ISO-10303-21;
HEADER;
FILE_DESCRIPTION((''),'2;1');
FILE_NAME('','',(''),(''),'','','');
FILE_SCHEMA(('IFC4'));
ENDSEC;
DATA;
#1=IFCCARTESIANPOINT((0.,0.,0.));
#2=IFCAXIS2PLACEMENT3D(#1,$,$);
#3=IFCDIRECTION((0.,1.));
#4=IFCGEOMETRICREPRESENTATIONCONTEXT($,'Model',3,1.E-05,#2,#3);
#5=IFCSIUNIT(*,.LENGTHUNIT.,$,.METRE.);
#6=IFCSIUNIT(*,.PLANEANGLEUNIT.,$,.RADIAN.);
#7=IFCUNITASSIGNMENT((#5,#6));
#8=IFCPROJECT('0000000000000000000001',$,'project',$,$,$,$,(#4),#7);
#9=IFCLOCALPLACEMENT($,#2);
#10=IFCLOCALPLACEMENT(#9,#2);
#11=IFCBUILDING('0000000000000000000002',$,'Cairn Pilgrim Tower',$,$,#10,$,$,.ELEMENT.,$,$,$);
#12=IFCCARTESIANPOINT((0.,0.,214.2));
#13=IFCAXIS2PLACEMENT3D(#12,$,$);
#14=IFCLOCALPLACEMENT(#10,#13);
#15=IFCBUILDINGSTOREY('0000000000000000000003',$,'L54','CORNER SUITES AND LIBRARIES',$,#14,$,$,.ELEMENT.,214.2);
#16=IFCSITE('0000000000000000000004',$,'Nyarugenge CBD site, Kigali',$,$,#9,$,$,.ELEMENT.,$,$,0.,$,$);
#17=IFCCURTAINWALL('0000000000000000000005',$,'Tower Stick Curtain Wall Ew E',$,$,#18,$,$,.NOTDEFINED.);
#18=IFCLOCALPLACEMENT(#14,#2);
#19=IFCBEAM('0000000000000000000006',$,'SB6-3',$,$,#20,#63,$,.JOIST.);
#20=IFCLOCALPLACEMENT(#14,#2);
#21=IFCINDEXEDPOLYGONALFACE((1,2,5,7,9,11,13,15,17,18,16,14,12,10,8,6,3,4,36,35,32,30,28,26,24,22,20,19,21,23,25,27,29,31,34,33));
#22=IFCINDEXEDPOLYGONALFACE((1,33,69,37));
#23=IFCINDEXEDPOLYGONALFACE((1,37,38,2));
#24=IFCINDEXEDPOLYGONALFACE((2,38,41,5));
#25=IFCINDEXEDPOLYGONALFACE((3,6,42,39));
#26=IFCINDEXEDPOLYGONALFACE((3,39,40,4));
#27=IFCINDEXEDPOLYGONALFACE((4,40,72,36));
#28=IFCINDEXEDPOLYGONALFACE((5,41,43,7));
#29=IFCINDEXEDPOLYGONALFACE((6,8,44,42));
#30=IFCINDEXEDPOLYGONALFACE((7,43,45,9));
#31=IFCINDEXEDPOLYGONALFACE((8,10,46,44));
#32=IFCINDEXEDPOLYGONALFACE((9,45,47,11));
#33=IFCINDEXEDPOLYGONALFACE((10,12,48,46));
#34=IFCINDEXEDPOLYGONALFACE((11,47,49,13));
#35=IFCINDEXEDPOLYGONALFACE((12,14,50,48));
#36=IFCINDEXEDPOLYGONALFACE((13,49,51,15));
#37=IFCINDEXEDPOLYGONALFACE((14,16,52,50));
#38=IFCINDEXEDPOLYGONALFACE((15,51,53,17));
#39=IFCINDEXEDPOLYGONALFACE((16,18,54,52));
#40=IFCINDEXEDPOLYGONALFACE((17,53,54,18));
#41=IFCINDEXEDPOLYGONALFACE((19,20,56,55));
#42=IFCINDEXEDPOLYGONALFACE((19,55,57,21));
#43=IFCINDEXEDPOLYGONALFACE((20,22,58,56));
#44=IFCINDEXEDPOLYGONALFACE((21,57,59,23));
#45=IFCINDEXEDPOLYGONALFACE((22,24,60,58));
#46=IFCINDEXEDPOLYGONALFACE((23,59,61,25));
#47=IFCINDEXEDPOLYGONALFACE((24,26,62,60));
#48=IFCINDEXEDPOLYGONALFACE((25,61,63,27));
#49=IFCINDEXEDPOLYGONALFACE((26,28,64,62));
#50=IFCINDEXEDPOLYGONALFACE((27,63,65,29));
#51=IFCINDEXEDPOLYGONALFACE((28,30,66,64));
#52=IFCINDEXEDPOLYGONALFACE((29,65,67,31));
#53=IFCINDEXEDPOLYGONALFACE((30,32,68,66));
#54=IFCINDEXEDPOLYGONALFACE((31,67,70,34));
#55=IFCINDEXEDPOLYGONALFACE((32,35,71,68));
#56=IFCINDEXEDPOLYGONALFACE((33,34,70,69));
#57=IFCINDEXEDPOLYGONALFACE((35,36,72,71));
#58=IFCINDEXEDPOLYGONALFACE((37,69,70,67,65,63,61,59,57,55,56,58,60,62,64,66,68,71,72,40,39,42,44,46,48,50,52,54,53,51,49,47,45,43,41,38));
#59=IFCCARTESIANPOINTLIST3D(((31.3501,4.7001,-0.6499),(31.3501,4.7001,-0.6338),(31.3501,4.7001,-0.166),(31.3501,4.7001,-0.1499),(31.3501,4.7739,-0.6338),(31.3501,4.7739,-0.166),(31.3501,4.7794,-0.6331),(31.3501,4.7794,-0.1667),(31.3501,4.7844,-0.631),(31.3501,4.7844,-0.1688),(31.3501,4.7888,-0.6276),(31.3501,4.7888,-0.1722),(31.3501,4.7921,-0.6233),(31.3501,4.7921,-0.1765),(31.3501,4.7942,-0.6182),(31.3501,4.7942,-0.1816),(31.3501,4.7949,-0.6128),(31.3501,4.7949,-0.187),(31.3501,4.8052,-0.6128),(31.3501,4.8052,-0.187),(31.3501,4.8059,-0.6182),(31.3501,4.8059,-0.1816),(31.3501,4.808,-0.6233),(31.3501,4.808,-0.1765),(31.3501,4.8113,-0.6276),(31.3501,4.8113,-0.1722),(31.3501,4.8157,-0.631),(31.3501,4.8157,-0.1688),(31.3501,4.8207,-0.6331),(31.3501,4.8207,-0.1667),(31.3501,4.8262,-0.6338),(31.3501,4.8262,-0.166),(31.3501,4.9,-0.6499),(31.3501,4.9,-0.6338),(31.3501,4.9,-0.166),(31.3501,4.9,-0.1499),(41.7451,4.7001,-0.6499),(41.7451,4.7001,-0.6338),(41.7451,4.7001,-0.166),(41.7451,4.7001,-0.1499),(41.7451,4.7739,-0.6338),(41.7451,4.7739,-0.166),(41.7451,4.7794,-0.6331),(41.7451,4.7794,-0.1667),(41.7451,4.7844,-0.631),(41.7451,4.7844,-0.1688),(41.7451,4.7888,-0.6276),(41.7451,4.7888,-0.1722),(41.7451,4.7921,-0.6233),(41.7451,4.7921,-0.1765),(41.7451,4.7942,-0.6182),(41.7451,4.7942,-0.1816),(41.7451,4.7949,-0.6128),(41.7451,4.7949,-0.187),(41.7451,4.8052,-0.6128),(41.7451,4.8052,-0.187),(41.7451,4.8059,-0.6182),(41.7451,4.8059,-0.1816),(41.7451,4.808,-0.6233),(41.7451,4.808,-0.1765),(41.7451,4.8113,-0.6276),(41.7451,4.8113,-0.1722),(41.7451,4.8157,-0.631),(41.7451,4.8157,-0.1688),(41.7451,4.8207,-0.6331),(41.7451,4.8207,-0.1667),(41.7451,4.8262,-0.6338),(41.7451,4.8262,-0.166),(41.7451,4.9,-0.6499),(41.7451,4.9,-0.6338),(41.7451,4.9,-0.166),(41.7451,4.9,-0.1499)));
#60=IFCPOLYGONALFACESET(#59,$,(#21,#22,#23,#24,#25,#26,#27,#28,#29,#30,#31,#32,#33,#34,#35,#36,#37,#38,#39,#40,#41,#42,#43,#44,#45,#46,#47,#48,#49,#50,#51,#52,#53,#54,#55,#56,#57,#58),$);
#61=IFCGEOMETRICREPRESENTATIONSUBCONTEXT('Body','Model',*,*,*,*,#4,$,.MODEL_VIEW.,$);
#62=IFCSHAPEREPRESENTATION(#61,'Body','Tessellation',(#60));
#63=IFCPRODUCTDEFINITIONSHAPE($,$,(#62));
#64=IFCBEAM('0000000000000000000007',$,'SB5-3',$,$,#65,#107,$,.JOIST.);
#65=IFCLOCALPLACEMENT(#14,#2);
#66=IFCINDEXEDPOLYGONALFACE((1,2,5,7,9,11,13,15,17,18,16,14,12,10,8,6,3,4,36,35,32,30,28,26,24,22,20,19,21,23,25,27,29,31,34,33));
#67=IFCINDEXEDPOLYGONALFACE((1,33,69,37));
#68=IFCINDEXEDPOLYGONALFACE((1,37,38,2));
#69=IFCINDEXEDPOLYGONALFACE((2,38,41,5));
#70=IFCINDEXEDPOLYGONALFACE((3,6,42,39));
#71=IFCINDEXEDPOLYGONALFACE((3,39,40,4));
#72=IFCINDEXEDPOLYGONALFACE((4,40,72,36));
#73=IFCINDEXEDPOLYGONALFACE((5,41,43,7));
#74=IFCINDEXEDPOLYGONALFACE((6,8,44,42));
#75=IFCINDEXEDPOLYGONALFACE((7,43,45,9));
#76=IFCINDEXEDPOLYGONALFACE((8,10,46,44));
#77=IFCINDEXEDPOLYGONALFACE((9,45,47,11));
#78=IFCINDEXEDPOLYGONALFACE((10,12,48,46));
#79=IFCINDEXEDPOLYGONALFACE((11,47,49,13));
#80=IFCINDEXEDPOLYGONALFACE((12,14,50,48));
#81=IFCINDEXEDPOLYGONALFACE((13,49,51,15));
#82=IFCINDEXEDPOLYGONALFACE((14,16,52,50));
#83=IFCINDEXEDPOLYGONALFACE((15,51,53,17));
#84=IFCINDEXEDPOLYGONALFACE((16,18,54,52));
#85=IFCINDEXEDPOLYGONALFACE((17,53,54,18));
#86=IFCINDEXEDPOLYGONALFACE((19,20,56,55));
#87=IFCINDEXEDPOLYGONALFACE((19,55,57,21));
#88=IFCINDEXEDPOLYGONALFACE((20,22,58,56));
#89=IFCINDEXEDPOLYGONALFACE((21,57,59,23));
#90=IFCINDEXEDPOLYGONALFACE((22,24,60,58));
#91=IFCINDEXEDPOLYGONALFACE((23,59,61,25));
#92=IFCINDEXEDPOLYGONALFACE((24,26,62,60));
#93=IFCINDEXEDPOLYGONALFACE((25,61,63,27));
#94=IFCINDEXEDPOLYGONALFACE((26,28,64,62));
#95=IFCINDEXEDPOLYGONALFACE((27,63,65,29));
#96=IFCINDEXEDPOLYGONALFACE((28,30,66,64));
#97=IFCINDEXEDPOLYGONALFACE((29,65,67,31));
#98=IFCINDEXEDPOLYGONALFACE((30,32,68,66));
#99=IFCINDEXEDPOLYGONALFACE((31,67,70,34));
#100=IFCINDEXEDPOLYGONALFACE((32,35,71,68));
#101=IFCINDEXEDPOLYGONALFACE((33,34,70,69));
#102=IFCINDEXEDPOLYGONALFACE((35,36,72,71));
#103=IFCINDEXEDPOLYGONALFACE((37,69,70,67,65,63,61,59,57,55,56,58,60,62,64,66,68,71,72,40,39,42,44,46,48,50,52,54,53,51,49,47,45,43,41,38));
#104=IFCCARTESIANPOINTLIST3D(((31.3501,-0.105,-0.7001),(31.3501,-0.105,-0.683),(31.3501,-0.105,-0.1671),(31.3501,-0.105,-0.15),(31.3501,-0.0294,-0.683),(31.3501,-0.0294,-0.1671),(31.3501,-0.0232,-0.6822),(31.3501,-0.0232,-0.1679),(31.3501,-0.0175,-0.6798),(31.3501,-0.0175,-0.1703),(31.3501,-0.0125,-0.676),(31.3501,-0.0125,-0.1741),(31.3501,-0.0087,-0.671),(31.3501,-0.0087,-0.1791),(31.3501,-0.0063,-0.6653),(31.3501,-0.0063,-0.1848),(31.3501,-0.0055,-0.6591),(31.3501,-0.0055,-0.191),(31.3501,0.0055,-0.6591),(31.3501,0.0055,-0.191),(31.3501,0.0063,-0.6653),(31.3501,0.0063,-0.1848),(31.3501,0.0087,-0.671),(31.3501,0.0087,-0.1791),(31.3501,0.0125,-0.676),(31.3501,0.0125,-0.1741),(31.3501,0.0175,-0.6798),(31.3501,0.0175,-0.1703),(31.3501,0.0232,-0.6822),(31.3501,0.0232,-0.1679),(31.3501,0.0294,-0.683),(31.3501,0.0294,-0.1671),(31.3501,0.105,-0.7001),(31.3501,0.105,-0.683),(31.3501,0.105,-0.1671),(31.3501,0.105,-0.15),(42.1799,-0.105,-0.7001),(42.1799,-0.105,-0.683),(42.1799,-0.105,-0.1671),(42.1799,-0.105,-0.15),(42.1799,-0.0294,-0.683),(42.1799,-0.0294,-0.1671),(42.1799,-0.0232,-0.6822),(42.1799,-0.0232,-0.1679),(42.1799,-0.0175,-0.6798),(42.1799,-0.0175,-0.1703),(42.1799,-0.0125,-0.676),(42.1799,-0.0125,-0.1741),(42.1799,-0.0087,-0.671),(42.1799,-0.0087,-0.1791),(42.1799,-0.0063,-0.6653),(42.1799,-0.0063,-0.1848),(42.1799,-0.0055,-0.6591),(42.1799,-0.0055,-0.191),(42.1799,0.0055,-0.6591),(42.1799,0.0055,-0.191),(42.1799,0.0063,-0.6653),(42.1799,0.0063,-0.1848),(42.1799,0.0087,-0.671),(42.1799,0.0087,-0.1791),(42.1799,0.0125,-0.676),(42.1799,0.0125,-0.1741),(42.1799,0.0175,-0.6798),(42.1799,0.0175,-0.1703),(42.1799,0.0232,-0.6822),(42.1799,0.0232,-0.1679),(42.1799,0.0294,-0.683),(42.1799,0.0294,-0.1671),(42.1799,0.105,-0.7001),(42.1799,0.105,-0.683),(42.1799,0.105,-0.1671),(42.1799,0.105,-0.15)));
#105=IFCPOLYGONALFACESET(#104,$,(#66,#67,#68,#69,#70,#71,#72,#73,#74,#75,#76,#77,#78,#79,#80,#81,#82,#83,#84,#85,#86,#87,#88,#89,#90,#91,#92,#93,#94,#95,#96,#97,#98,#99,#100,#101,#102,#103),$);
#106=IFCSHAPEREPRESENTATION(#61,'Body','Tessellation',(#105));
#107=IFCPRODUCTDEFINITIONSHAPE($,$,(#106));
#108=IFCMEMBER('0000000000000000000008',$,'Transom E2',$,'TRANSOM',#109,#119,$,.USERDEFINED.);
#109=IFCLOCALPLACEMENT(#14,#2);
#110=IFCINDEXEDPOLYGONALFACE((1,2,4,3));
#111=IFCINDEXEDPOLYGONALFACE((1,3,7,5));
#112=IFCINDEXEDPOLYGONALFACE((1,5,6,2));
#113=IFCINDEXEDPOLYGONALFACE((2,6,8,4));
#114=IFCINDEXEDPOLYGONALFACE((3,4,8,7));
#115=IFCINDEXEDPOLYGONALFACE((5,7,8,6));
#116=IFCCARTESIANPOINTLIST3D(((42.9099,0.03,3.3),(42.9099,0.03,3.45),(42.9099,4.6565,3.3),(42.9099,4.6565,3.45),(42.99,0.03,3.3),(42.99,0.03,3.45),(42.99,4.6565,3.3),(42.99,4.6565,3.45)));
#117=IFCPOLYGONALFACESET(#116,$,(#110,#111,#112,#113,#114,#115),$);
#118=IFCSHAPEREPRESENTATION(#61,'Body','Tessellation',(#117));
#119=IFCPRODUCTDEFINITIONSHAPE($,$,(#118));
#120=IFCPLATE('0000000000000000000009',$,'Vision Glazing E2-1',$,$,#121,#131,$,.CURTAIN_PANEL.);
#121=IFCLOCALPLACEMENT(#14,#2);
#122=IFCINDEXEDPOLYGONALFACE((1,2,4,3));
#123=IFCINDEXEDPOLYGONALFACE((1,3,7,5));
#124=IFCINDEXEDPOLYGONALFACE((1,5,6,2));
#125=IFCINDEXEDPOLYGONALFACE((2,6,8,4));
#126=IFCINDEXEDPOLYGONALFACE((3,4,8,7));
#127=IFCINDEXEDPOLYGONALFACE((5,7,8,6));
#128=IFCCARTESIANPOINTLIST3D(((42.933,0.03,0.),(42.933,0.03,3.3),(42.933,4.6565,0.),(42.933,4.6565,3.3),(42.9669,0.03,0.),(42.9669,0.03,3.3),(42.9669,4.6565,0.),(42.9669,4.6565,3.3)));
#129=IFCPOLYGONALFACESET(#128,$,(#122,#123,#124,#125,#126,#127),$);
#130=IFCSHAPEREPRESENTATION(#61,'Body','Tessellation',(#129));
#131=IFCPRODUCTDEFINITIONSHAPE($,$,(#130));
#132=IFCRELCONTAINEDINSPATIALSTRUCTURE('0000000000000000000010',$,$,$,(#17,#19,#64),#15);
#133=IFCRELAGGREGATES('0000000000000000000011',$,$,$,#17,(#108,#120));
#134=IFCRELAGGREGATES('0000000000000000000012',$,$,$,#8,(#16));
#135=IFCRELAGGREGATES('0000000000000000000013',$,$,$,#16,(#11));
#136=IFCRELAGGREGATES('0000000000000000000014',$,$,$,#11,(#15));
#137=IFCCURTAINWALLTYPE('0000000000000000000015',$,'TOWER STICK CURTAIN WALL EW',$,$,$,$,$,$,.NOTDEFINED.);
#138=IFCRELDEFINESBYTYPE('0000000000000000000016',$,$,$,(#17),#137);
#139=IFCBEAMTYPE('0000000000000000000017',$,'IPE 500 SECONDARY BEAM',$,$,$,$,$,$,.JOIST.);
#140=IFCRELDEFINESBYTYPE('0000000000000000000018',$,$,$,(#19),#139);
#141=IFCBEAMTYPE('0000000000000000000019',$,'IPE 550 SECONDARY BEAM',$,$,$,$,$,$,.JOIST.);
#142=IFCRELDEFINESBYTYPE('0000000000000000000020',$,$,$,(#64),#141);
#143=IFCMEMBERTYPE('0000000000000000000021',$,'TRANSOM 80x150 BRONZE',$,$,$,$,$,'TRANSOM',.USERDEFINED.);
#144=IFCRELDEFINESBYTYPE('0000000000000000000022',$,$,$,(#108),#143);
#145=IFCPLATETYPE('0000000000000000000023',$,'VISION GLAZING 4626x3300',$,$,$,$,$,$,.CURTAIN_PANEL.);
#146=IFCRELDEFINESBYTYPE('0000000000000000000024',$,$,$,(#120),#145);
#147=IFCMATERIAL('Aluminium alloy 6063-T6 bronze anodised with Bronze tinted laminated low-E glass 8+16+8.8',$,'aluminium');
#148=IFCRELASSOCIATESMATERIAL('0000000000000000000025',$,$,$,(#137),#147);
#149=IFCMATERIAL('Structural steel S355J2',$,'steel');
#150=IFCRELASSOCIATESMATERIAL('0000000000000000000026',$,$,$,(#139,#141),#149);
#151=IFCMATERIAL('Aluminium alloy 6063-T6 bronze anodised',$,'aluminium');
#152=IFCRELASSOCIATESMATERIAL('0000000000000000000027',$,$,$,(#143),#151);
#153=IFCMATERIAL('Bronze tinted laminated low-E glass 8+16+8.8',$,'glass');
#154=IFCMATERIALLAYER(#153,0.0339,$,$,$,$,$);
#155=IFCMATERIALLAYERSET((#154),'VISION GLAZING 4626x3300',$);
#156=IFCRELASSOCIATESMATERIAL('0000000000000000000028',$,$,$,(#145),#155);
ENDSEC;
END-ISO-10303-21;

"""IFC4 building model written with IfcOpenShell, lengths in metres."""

from ifc_helpers import new_model, si_unit, direction, frame, origin, origin_2d, place, context, subcontext, project, spatial, rectangle, i_section, extrude, material, layer, layer_set, material_profile, profile_set, type_object, element, aggregate, save


model = new_model("IFC4")

# Units and contexts
model_context = context("Model", 3, precision=1e-05, world=origin(), true_north=direction((0.0, 1.0)))
body_context = subcontext(model_context, "Body", "Model", "MODEL_VIEW")
ifc_project = project(units=[si_unit("LENGTHUNIT", "METRE"), si_unit("PLANEANGLEUNIT", "RADIAN")], contexts=[model_context])

# Site, building, storey
site_placement = place(None, origin())
site = spatial("IfcSite", under=ifc_project, at=site_placement, Name="Nyarugenge CBD site, Kigali", CompositionType="ELEMENT", RefElevation=0.0)
building_placement = place(site_placement, origin())
building = spatial("IfcBuilding", under=site, at=building_placement, Name="Cairn Pilgrim Tower", CompositionType="ELEMENT")
storey_placement = place(building_placement, frame((0.0, 0.0, 214.2)))
storey = spatial("IfcBuildingStorey", under=building, at=storey_placement, Name="L54", Description="CORNER SUITES AND LIBRARIES", CompositionType="ELEMENT", Elevation=214.2)

# Shared definitions
ifc_material_1 = material(Name="Structural steel S355J2", Category="steel")

# Curtain wall
ifc_material_2 = material(Name="Aluminium alloy 6063-T6 bronze anodised with Bronze tinted laminated low-E glass 8+16+8.8", Category="aluminium")
curtain_wall_type_1 = type_object("IfcCurtainWallType", Name="TOWER STICK CURTAIN WALL EW", PredefinedType="NOTDEFINED", material=ifc_material_2)
curtain_wall_1_placement = place(storey_placement, origin())
curtain_wall_1 = element("IfcCurtainWall", 1, at=curtain_wall_1_placement, inside=storey, type_object=curtain_wall_type_1, Name="Tower Stick Curtain Wall Ew E", PredefinedType="NOTDEFINED")
ifc_material_3 = material(Name="Aluminium alloy 6063-T6 bronze anodised", Category="aluminium")

# Beams
ifc_material_profile_1 = material_profile(ifc_material_1, i_section(OverallWidth=0.2, OverallDepth=0.5, WebThickness=0.0103, FlangeThickness=0.0161, FilletRadius=0.021, at=origin_2d()), Name="IPE 500")
ifc_profile_set_1 = profile_set([ifc_material_profile_1], Name="Structural steel S355J2")
beam_type_1 = type_object("IfcBeamType", Name="IPE 500 SECONDARY BEAM", PredefinedType="JOIST", material=ifc_profile_set_1)
beam_1_placement = place(storey_placement, frame((31.3501, 4.8, -0.3999), z_axis=(1.0, 0.0, 0.0), x_axis=(0.0, 1.0, 0.0)))
element("IfcBeam", 2, at=beam_1_placement, inside=storey, type_object=beam_type_1, Name="SB6-3", PredefinedType="JOIST", context=body_context, shape_type="SweptSolid", body=[
    extrude(i_section(OverallWidth=0.2, OverallDepth=0.5, WebThickness=0.0103, FlangeThickness=0.0161, FilletRadius=0.021, at=origin_2d()), origin(), (0.0, 0.0, 1.0), 10.395),
])
ifc_material_profile_2 = material_profile(ifc_material_1, i_section(OverallWidth=0.21, OverallDepth=0.55, WebThickness=0.011, FlangeThickness=0.0171, FilletRadius=0.0239, at=origin_2d()), Name="IPE 550")
ifc_profile_set_2 = profile_set([ifc_material_profile_2], Name="Structural steel S355J2")
beam_type_2 = type_object("IfcBeamType", Name="IPE 550 SECONDARY BEAM", PredefinedType="JOIST", material=ifc_profile_set_2)
beam_2_placement = place(storey_placement, frame((31.3501, 0.0, -0.425), z_axis=(1.0, 0.0, 0.0), x_axis=(0.0, 1.0, 0.0)))
element("IfcBeam", 3, at=beam_2_placement, inside=storey, type_object=beam_type_2, Name="SB5-3", PredefinedType="JOIST", context=body_context, shape_type="SweptSolid", body=[
    extrude(i_section(OverallWidth=0.21, OverallDepth=0.55, WebThickness=0.011, FlangeThickness=0.0171, FilletRadius=0.0239, at=origin_2d()), origin(), (0.0, 0.0, 1.0), 10.8298),
])

# Member
ifc_material_profile_3 = material_profile(ifc_material_3, rectangle(XDim=0.0801, YDim=0.1499, at=origin_2d()), Name="TRANSOM 80x150 BRONZE")
ifc_profile_set_3 = profile_set([ifc_material_profile_3], Name="Aluminium alloy 6063-T6 bronze anodised")
member_type_1 = type_object("IfcMemberType", Name="TRANSOM 80x150 BRONZE", ElementType="TRANSOM", PredefinedType="USERDEFINED", material=ifc_profile_set_3)
member_1_placement = place(storey_placement, frame((42.95, 0.03, 3.375), z_axis=(0.0, 1.0, 0.0), x_axis=(-1.0, 0.0, 0.0)))
member_1 = element("IfcMember", 4, at=member_1_placement, type_object=member_type_1, Name="Transom E2", ObjectType="TRANSOM", PredefinedType="USERDEFINED", context=body_context, shape_type="SweptSolid", body=[
    extrude(rectangle(XDim=0.0801, YDim=0.1499, at=origin_2d()), origin(), (0.0, 0.0, 1.0), 4.6265),
])

# Plate
ifc_material_4 = material(Name="Bronze tinted laminated low-E glass 8+16+8.8", Category="glass")
ifc_layer_1 = layer(ifc_material_4, 0.0339)
ifc_layer_set_1 = layer_set([ifc_layer_1], Name="VISION GLAZING 4626x3300")
plate_type = type_object("IfcPlateType", Name="VISION GLAZING 4626x3300", PredefinedType="CURTAIN_PANEL", material=ifc_layer_set_1)
plate_placement = place(storey_placement, frame((42.95, 2.3433, 0.0), z_axis=(0.0, 0.0, 1.0), x_axis=(0.0, 1.0, 0.0)))
plate = element("IfcPlate", 5, at=plate_placement, type_object=plate_type, Name="Vision Glazing E2-1", PredefinedType="CURTAIN_PANEL", context=body_context, shape_type="SweptSolid", body=[
    extrude(rectangle(XDim=4.6265, YDim=0.0339, at=origin_2d()), origin(), (0.0, 0.0, 1.0), 3.3),
])
aggregate(curtain_wall_1, [member_1, plate])

save(model, "model.ifc")
